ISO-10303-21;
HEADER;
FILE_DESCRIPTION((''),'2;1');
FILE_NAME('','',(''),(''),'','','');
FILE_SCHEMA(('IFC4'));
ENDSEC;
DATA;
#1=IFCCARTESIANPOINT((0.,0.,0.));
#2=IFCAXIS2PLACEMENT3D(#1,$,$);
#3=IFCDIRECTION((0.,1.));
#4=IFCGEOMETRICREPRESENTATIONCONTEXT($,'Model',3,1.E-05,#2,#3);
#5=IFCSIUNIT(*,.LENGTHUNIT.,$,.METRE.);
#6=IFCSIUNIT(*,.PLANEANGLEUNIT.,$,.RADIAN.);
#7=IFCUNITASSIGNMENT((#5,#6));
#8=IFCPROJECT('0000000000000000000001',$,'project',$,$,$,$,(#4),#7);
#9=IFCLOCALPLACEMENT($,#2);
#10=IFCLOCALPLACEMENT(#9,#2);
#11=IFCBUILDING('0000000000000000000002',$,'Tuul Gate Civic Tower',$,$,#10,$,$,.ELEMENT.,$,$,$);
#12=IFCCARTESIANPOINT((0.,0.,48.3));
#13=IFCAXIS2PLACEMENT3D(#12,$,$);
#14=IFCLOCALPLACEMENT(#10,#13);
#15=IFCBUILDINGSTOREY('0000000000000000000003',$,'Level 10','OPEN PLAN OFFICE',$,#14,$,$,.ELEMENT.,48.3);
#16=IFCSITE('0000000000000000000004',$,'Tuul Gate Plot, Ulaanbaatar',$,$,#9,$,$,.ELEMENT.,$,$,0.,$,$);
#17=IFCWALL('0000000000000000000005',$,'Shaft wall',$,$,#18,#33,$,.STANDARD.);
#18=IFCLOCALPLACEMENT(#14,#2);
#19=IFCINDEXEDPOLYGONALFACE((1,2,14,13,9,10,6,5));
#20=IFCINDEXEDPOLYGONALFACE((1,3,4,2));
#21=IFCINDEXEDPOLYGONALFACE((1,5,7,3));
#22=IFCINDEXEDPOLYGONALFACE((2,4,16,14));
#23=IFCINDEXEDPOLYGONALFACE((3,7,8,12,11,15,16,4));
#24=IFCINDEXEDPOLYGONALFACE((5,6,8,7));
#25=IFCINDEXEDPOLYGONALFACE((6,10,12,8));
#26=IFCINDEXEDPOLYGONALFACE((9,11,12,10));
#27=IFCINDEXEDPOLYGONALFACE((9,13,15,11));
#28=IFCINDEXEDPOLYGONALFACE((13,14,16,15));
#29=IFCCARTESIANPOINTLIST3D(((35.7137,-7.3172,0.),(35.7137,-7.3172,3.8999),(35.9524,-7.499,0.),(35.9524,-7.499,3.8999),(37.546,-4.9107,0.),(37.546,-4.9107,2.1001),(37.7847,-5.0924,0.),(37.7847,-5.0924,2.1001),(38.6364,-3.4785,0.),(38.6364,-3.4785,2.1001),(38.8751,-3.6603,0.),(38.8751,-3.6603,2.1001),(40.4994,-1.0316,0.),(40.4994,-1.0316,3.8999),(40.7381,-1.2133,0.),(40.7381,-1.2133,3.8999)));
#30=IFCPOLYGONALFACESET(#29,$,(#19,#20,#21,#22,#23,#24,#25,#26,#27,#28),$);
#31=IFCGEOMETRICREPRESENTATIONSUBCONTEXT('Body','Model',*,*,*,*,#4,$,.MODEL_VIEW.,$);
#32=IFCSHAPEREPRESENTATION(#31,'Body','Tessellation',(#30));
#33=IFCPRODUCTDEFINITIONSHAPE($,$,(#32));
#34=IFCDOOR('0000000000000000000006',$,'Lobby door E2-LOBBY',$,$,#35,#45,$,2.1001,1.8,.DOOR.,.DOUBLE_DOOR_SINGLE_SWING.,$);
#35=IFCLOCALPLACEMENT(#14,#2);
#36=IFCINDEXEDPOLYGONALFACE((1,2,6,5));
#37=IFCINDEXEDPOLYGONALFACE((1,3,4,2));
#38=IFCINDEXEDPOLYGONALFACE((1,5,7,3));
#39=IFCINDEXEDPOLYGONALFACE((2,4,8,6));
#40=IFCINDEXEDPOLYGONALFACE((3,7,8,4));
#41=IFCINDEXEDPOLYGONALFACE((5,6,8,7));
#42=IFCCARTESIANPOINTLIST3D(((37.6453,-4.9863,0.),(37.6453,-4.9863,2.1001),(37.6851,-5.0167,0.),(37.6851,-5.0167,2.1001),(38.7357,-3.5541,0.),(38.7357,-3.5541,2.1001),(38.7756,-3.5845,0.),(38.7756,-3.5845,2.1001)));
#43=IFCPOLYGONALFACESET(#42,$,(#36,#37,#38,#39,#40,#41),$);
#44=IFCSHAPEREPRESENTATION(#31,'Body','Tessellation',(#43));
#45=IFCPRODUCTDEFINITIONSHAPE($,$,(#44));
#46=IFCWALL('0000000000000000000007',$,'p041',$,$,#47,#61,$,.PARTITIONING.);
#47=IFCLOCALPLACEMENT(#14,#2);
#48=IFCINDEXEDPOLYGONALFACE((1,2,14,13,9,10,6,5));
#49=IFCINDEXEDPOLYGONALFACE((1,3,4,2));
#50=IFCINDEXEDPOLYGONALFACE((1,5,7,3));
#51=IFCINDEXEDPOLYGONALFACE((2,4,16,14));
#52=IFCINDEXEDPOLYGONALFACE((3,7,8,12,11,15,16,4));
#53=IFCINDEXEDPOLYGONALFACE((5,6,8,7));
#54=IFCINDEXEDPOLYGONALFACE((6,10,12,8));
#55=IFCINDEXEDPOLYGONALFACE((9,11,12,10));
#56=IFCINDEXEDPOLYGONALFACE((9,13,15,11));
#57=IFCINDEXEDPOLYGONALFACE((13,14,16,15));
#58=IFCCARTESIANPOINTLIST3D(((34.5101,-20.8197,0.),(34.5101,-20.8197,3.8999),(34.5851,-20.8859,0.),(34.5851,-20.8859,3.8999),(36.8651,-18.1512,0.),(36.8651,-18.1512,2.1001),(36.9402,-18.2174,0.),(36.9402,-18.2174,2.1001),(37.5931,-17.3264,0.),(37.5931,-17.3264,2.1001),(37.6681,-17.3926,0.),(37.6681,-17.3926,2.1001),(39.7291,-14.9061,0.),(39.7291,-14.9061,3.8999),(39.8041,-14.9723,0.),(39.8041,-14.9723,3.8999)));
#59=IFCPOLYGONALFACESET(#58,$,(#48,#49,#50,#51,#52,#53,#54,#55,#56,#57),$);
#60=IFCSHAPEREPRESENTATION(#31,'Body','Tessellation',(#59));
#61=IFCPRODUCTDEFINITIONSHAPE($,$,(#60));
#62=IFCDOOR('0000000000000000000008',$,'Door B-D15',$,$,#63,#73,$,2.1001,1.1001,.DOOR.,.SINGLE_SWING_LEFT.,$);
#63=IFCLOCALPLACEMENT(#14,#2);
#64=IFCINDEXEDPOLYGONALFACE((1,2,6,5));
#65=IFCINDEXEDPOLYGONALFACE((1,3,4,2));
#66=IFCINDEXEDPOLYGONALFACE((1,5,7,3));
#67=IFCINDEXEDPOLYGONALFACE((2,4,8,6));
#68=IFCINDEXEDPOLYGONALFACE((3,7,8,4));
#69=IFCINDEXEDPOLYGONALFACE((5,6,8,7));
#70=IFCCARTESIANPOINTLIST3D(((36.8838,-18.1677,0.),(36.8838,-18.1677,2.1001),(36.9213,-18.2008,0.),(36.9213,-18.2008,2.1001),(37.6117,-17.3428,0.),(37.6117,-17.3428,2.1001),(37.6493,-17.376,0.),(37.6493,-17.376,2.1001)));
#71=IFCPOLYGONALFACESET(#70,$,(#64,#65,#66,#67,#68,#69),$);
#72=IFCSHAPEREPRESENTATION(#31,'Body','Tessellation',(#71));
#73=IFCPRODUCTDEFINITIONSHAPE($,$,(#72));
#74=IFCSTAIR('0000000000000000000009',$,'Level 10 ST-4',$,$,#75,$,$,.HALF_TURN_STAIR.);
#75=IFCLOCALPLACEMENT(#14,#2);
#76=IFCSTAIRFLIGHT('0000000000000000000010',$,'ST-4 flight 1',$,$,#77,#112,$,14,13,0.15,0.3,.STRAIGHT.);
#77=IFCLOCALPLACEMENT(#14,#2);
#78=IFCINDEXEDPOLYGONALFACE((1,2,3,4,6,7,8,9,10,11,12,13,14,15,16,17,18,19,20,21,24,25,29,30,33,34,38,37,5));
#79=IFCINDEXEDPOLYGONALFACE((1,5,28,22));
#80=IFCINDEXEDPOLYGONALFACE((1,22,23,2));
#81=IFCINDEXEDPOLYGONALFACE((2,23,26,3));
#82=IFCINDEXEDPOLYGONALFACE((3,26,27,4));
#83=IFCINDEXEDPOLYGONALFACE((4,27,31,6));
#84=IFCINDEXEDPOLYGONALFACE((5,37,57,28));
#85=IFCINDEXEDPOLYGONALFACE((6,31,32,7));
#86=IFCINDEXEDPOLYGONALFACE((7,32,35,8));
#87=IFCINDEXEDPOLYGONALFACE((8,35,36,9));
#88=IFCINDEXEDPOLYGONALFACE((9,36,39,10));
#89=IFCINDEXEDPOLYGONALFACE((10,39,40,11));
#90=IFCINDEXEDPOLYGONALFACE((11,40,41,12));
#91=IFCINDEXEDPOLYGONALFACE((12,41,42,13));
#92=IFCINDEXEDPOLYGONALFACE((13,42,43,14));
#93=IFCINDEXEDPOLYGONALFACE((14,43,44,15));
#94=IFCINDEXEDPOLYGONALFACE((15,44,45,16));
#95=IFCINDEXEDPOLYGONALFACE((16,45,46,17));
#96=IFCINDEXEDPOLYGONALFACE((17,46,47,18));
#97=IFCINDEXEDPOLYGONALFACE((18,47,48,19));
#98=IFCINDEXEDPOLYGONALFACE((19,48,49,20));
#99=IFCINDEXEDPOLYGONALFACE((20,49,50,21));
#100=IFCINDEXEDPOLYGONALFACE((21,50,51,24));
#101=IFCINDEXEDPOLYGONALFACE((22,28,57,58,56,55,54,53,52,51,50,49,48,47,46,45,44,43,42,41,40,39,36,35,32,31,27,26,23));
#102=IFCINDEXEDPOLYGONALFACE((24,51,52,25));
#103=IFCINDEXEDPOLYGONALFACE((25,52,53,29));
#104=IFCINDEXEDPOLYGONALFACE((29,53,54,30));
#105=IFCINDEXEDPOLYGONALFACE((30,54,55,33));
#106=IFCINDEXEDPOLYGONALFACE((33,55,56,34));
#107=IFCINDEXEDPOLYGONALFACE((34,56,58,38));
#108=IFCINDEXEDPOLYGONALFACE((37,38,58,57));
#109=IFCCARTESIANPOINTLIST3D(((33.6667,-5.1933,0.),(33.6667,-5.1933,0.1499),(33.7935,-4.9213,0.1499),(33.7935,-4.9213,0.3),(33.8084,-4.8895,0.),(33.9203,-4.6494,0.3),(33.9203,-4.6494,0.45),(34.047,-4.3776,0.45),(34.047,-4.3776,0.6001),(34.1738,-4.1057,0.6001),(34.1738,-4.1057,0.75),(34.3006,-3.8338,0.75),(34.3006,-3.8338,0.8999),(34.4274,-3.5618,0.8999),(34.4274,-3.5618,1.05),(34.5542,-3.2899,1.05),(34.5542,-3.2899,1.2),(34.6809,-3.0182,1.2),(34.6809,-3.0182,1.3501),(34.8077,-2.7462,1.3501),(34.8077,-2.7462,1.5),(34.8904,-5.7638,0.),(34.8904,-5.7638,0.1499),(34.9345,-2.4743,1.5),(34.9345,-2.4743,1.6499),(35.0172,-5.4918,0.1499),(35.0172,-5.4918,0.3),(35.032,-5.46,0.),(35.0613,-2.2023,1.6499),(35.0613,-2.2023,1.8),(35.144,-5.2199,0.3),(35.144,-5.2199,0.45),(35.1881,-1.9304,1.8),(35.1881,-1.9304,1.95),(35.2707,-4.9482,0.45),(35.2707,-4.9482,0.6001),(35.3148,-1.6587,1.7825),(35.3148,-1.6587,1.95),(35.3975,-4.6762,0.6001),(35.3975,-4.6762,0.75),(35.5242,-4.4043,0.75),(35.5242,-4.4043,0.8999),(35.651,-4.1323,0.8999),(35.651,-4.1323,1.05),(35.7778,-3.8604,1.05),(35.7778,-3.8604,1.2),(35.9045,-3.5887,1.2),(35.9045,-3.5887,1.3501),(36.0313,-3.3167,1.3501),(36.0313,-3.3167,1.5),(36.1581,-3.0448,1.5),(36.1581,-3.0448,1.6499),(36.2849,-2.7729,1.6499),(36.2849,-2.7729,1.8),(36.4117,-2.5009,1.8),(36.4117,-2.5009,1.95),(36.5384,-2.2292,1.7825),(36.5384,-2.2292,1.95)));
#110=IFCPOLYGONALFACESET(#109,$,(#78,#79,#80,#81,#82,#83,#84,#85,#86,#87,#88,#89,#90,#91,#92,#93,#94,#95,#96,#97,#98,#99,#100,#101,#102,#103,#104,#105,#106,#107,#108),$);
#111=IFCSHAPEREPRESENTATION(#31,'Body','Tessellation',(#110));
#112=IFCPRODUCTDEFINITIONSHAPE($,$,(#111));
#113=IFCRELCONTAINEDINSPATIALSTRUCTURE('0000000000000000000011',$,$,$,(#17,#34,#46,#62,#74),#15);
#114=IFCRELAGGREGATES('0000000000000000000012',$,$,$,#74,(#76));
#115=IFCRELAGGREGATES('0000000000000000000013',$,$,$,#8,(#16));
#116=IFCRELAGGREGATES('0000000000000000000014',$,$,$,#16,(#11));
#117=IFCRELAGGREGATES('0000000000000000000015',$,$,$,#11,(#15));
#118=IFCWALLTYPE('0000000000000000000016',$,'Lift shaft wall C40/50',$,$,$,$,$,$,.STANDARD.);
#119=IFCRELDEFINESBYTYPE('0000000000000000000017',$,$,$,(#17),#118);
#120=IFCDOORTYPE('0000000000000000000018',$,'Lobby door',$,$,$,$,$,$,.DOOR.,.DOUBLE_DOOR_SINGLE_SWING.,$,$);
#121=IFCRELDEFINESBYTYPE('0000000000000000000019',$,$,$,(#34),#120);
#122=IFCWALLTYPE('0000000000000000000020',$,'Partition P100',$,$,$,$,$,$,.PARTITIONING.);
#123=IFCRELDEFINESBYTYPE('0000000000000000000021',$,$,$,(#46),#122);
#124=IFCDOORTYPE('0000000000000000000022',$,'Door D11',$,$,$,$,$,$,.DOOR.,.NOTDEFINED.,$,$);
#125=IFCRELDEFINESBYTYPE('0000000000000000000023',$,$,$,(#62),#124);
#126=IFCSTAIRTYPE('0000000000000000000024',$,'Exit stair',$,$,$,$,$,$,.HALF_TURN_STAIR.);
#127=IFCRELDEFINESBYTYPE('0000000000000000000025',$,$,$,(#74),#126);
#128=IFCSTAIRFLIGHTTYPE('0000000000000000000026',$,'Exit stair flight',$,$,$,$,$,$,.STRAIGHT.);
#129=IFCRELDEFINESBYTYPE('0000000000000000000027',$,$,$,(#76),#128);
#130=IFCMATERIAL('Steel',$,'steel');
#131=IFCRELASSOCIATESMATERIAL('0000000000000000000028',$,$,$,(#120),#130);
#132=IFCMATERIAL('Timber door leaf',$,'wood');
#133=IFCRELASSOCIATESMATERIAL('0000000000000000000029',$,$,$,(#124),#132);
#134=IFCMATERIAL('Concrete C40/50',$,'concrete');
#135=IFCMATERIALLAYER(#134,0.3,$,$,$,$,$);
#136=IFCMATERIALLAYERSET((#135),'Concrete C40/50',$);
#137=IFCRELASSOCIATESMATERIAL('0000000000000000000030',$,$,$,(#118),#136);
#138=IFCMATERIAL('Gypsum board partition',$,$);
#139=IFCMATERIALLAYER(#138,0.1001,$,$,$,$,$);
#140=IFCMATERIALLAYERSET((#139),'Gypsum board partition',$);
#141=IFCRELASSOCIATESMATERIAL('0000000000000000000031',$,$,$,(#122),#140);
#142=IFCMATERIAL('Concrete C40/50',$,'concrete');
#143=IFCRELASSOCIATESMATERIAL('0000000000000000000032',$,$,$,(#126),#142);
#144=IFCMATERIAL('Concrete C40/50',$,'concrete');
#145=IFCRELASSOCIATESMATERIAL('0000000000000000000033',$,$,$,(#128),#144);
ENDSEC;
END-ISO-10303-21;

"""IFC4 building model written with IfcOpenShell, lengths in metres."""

from ifc_helpers import new_model, si_unit, direction, frame, frame_2d, origin, place, context, subcontext, project, spatial, polyline, rectangle, outline, extrude, material, layer, layer_set, type_object, element, fill, aggregate, save


model = new_model("IFC4")

# Units and contexts
model_context = context("Model", 3, precision=1e-05, world=origin(), true_north=direction((0.0, 1.0)))
body_context = subcontext(model_context, "Body", "Model", "MODEL_VIEW")
ifc_project = project(units=[si_unit("LENGTHUNIT", "METRE"), si_unit("PLANEANGLEUNIT", "RADIAN")], contexts=[model_context])

# Site, building, storey
site_placement = place(None, origin())
site = spatial("IfcSite", under=ifc_project, at=site_placement, Name="Tuul Gate Plot, Ulaanbaatar", CompositionType="ELEMENT", RefElevation=0.0)
building_placement = place(site_placement, origin())
building = spatial("IfcBuilding", under=site, at=building_placement, Name="Tuul Gate Civic Tower", CompositionType="ELEMENT")
storey_placement = place(building_placement, frame((0.0, 0.0, 48.3)))
storey = spatial("IfcBuildingStorey", under=building, at=storey_placement, Name="Level 10", Description="OPEN PLAN OFFICE", CompositionType="ELEMENT", Elevation=48.3)

# Shared definitions
ifc_material_1 = material(Name="Steel", Category="steel")
door_type_1 = type_object("IfcDoorType", Name="Lobby door", OperationType="DOUBLE_DOOR_SINGLE_SWING", PredefinedType="DOOR", material=ifc_material_1)

# Shared definitions
ifc_material_2 = material(Name="Timber door leaf", Category="wood")
door_type_2 = type_object("IfcDoorType", Name="Door D11", OperationType="NOTDEFINED", PredefinedType="DOOR", material=ifc_material_2)

# Walls, openings, doors
ifc_material_3 = material(Name="Concrete C40/50", Category="concrete")
ifc_layer_1 = layer(ifc_material_3, 0.3)
ifc_layer_set_1 = layer_set([ifc_layer_1], Name="Concrete C40/50")
wall_type_1 = type_object("IfcWallType", Name="Lift shaft wall C40/50", PredefinedType="STANDARD", material=ifc_layer_set_1)
wall_1_placement = place(storey_placement, frame((35.833, -7.4082, 0.0), z_axis=(0.0, 0.0, 1.0), x_axis=(0.605769, 0.79564, 0.0)))
wall_1 = element("IfcWall", 1, at=wall_1_placement, inside=storey, type_object=wall_type_1, Name="Shaft wall", PredefinedType="STANDARD", context=body_context, shape_type="SweptSolid", body=[
    extrude(rectangle(XDim=7.9001, YDim=0.3, at=frame_2d((3.9502, 0.0))), origin(), (0.0, 0.0, 1.0), 3.8999),
])
opening_1_placement = place(wall_1_placement, frame((3.0249, 0.0, 0.0)))
opening_1 = element("IfcOpeningElement", 2, at=opening_1_placement, cuts=wall_1, PredefinedType="OPENING", context=body_context, shape_type="SweptSolid", body=[
    extrude(rectangle(XDim=1.8, YDim=2.1001, at=frame_2d((0.8999, 1.05))), frame((0.0, 0.1602, 0.0), z_axis=(0.0, -1.0, 0.0), x_axis=(1.0, 0.0, 0.0)), (0.0, 0.0, 1.0), 0.3201),
])
door_1_placement = place(opening_1_placement, frame((1.8, 0.0, 0.0), z_axis=(0.0, 0.0, 1.0), x_axis=(-1.0, 0.0, 0.0)))
door_1 = element("IfcDoor", 3, at=door_1_placement, inside=storey, type_object=door_type_1, Name="Lobby door E2-LOBBY", OperationType="DOUBLE_DOOR_SINGLE_SWING", OverallHeight=2.1001, OverallWidth=1.8, PredefinedType="DOOR", context=body_context, shape_type="SweptSolid", body=[
    extrude(rectangle(XDim=1.8, YDim=2.1001, at=frame_2d((0.9001, 1.05))), frame((0.0, 0.0249, 0.0), z_axis=(0.0, -1.0, 0.0), x_axis=(1.0, 0.0, 0.0)), (0.0, 0.0, 1.0), 0.05),
])
fill(opening_1, door_1)
ifc_material_4 = material(Name="Gypsum board partition")
ifc_layer_2 = layer(ifc_material_4, 0.1001)
ifc_layer_set_2 = layer_set([ifc_layer_2], Name="Gypsum board partition")
wall_type_2 = type_object("IfcWallType", Name="Partition P100", PredefinedType="PARTITIONING", material=ifc_layer_set_2)
wall_2_placement = place(storey_placement, frame((34.5476, -20.8528, 0.0), z_axis=(0.0, 0.0, 1.0), x_axis=(0.661703, 0.749766, 0.0)))
wall_2 = element("IfcWall", 4, at=wall_2_placement, inside=storey, type_object=wall_type_2, Name="p041", PredefinedType="PARTITIONING", context=body_context, shape_type="SweptSolid", body=[
    extrude(rectangle(XDim=7.8872, YDim=0.1001, at=frame_2d((3.9436, 0.0))), origin(), (0.0, 0.0, 1.0), 3.8999),
])
opening_2_placement = place(wall_2_placement, frame((3.5591, 0.0, 0.0)))
opening_2 = element("IfcOpeningElement", 5, at=opening_2_placement, cuts=wall_2, PredefinedType="OPENING", context=body_context, shape_type="SweptSolid", body=[
    extrude(rectangle(XDim=1.1001, YDim=2.1001, at=frame_2d((0.55, 1.05))), frame((0.0, 0.0601, 0.0), z_axis=(0.0, -1.0, 0.0), x_axis=(1.0, 0.0, 0.0)), (0.0, 0.0, 1.0), 0.1201),
])
door_2_placement = place(opening_2_placement, frame((1.1001, 0.0, 0.0), z_axis=(0.0, 0.0, 1.0), x_axis=(-1.0, 0.0, 0.0)))
door_2 = element("IfcDoor", 6, at=door_2_placement, inside=storey, type_object=door_type_2, Name="Door B-D15", OperationType="SINGLE_SWING_LEFT", OverallHeight=2.1001, OverallWidth=1.1001, PredefinedType="DOOR", context=body_context, shape_type="SweptSolid", body=[
    extrude(rectangle(XDim=1.1001, YDim=2.1001, at=frame_2d((0.55, 1.05))), frame((0.0, 0.0249, 0.0), z_axis=(0.0, -1.0, 0.0), x_axis=(1.0, 0.0, 0.0)), (0.0, 0.0, 1.0), 0.05),
])
fill(opening_2, door_2)

# Stair, stair flight
ifc_material_5 = material(Name="Concrete C40/50", Category="concrete")
stair_type = type_object("IfcStairType", Name="Exit stair", PredefinedType="HALF_TURN_STAIR", material=ifc_material_5)
stair_placement = place(storey_placement, origin())
stair = element("IfcStair", 7, at=stair_placement, inside=storey, type_object=stair_type, Name="Level 10 ST-4", PredefinedType="HALF_TURN_STAIR")
ifc_material_6 = material(Name="Concrete C40/50", Category="concrete")
stair_flight_type = type_object("IfcStairFlightType", Name="Exit stair flight", PredefinedType="STRAIGHT", material=ifc_material_6)
stair_flight_placement = place(storey_placement, frame((34.2786, -5.4785, 0.0), z_axis=(0.0, 0.0, 1.0), x_axis=(0.422576, 0.906327, 0.0)))
stair_flight = element("IfcStairFlight", 8, at=stair_flight_placement, type_object=stair_flight_type, Name="ST-4 flight 1", NumberOfRisers=14, NumberOfTreads=13, PredefinedType="STRAIGHT", RiserHeight=0.15, TreadLength=0.3, context=body_context, shape_type="SweptSolid", body=[
    extrude(outline(polyline([(0.0, 0.0), (0.0, 0.1499), (0.3, 0.1499), (0.3, 0.3), (0.6001, 0.3), (0.6001, 0.45), (0.8999, 0.45), (0.8999, 0.6001), (1.2, 0.6001), (1.2, 0.75), (1.5, 0.75), (1.5, 0.8999), (1.8, 0.8999), (1.8, 1.05), (2.1001, 1.05), (2.1001, 1.2), (2.3999, 1.2), (2.3999, 1.3501), (2.7, 1.3501), (2.7, 1.5), (3.0, 1.5), (3.0, 1.6499), (3.3, 1.6499), (3.3, 1.8), (3.6001, 1.8), (3.6001, 1.95), (3.8999, 1.95), (3.8999, 2.1001), (3.8999, 1.7825), (0.3352, 0.0), (0.0, 0.0)])), frame((0.0, 0.675, 0.0), z_axis=(0.0, -1.0, 0.0), x_axis=(1.0, 0.0, 0.0)), (0.0, 0.0, 1.0), 1.3501),
])
aggregate(stair, [stair_flight])

save(model, "model.ifc")
